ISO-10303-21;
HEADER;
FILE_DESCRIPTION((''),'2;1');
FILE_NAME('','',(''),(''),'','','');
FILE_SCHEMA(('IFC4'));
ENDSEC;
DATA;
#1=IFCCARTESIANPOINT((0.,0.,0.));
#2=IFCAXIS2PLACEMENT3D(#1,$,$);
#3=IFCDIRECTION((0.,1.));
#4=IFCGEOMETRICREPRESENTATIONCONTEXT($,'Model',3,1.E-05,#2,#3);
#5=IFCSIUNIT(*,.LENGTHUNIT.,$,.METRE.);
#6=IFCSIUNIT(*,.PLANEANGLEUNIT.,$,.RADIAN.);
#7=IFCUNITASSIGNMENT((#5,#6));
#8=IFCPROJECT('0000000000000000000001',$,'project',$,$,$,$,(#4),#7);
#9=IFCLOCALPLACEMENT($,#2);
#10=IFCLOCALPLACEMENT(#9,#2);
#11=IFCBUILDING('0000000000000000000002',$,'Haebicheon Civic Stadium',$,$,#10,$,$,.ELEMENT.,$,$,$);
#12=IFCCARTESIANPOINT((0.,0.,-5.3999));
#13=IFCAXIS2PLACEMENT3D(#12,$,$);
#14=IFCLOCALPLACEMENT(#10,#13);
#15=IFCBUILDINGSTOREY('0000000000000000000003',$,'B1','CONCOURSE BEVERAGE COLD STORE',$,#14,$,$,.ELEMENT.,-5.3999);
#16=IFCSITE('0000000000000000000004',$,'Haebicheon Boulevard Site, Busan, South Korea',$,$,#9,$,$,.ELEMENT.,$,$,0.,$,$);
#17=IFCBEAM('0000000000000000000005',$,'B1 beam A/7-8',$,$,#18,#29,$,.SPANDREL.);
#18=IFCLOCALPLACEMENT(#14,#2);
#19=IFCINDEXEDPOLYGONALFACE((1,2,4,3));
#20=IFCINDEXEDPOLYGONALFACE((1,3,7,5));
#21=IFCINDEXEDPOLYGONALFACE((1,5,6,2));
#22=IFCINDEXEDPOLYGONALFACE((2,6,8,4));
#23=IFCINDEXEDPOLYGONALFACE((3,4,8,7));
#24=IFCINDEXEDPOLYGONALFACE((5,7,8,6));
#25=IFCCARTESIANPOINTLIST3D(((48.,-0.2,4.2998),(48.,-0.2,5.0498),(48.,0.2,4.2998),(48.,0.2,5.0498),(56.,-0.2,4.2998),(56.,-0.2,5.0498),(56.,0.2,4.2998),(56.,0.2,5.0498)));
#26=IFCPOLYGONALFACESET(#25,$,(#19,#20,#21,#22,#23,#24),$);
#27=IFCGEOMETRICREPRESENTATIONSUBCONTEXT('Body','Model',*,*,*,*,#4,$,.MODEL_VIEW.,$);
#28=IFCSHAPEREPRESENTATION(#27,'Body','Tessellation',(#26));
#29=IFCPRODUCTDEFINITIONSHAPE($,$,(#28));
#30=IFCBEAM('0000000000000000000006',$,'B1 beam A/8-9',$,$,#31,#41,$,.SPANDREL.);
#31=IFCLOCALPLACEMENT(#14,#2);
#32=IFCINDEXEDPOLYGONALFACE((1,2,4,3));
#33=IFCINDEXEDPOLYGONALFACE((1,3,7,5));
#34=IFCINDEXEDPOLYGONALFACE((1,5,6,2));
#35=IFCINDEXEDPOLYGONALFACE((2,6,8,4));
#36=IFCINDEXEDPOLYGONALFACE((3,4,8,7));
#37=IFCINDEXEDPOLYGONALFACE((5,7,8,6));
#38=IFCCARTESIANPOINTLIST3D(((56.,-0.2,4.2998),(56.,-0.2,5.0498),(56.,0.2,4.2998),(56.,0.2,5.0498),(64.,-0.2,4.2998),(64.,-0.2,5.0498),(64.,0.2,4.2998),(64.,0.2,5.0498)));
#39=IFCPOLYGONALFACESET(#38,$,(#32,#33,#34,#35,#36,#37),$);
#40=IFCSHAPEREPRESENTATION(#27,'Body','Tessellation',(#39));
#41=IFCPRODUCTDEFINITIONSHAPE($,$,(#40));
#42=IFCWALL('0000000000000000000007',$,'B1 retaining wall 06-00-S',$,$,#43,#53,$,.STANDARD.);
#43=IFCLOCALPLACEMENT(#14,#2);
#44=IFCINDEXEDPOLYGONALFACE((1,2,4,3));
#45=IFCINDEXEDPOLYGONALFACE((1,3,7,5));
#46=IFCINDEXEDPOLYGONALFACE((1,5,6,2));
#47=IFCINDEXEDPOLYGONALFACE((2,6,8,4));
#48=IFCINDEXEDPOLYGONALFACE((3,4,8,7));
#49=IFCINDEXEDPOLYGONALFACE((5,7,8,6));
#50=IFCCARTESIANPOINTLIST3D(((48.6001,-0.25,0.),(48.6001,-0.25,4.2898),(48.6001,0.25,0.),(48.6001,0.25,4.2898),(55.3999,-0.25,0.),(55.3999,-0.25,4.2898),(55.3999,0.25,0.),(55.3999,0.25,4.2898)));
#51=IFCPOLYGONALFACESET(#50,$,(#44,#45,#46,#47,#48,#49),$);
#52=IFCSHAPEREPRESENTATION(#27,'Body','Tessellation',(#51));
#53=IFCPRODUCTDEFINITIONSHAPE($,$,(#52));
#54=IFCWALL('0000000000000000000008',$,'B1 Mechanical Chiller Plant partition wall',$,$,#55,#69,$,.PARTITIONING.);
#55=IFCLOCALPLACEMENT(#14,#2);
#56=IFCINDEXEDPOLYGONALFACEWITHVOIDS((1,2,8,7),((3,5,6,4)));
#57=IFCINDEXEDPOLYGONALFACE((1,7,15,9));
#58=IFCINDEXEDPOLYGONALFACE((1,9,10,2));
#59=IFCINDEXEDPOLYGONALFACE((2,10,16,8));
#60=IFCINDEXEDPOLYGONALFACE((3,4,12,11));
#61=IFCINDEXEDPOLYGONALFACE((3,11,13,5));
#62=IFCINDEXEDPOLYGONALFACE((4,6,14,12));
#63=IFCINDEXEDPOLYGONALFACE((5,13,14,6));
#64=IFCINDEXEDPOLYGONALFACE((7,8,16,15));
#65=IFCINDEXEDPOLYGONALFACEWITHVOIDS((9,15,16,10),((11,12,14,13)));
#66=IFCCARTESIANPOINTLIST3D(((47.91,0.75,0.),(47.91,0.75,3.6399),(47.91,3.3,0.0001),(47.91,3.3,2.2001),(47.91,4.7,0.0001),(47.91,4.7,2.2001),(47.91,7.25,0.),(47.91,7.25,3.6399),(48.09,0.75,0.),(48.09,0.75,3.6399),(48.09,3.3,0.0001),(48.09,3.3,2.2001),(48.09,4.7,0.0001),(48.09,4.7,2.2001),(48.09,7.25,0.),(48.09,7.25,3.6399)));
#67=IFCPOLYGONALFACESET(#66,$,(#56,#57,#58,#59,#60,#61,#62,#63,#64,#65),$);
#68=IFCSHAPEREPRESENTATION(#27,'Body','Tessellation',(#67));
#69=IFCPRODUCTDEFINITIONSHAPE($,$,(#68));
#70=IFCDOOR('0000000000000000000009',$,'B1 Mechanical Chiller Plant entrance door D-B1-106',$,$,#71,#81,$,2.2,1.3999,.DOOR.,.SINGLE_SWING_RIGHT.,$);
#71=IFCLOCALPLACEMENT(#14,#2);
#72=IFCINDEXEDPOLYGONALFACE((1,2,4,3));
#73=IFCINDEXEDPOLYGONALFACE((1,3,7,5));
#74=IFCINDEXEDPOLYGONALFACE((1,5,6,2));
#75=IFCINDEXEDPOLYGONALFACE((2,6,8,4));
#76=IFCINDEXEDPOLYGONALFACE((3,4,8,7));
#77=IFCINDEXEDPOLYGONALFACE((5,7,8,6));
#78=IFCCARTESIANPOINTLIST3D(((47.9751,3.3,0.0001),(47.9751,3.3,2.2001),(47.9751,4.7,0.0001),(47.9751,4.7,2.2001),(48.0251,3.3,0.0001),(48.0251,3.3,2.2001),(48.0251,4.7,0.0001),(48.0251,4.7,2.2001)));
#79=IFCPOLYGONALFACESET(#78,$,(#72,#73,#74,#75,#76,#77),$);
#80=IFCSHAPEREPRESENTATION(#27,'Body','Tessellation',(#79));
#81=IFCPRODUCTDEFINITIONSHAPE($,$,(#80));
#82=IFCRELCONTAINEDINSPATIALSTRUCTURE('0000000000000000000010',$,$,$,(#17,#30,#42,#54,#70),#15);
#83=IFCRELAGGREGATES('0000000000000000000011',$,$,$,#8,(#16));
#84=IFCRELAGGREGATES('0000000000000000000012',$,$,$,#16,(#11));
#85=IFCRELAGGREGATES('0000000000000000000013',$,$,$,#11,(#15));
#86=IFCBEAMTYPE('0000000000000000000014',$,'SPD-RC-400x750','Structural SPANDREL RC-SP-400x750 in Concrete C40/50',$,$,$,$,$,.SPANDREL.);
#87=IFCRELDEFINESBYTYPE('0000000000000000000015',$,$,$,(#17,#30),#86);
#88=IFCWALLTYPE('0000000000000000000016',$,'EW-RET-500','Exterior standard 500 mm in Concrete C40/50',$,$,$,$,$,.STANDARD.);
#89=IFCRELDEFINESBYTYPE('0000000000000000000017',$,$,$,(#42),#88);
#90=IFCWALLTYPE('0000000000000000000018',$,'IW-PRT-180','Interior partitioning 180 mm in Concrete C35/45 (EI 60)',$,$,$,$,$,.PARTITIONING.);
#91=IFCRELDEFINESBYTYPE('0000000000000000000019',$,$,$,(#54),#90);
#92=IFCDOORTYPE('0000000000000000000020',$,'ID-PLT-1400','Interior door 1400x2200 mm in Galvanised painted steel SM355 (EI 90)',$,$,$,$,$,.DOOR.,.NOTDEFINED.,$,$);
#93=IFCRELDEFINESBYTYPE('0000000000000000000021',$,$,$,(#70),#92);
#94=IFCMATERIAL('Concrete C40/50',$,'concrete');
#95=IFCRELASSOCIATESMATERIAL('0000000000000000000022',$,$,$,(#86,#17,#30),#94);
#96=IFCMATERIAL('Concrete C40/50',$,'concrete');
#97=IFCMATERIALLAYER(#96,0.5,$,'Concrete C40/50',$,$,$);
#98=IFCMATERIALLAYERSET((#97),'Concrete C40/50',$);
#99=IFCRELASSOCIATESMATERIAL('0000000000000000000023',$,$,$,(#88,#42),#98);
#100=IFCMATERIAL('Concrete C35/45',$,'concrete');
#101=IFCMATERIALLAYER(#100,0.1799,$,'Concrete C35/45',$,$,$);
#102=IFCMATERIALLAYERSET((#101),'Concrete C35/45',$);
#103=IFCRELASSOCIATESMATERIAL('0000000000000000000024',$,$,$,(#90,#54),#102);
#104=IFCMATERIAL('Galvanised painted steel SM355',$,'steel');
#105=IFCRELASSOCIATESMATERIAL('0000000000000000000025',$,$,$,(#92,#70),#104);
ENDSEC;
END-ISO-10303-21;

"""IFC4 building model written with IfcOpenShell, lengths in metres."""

from ifc_helpers import new_model, si_unit, direction, frame, frame_2d, origin, origin_2d, place, context, subcontext, project, spatial, rectangle, extrude, material, layer, layer_set, material_profile, profile_set, type_object, element, fill, save


model = new_model("IFC4")

# Units and contexts
model_context = context("Model", 3, precision=1e-05, world=origin(), true_north=direction((0.0, 1.0)))
body_context = subcontext(model_context, "Body", "Model", "MODEL_VIEW")
ifc_project = project(units=[si_unit("LENGTHUNIT", "METRE"), si_unit("PLANEANGLEUNIT", "RADIAN")], contexts=[model_context])

# Site, building, storey
site_placement = place(None, origin())
site = spatial("IfcSite", under=ifc_project, at=site_placement, Name="Haebicheon Boulevard Site, Busan, South Korea", CompositionType="ELEMENT", RefElevation=0.0)
building_placement = place(site_placement, origin())
building = spatial("IfcBuilding", under=site, at=building_placement, Name="Haebicheon Civic Stadium", CompositionType="ELEMENT")
storey_placement = place(building_placement, frame((0.0, 0.0, -5.3999)))
storey = spatial("IfcBuildingStorey", under=building, at=storey_placement, Name="B1", Description="CONCOURSE BEVERAGE COLD STORE", CompositionType="ELEMENT", Elevation=-5.3999)

# Beams
ifc_material_1 = material(Name="Concrete C40/50", Category="concrete")
ifc_material_profile_1 = material_profile(ifc_material_1, rectangle(XDim=0.3999, YDim=0.75, at=origin_2d()), Name="RC-SP-400x750")
ifc_profile_set_1 = profile_set([ifc_material_profile_1], Name="Concrete C40/50")
beam_type_1 = type_object("IfcBeamType", Name="SPD-RC-400x750", Description="Structural SPANDREL RC-SP-400x750 in Concrete C40/50", PredefinedType="SPANDREL", material=ifc_profile_set_1)
for number, where, z_axis, x_axis, name in (
    (1, (48.0, 0.0, 4.6748), (1.0, 0.0, 0.0), (0.0, 1.0, 0.0), "B1 beam A/7-8"),
    (2, (56.0, 0.0, 4.6748), (1.0, 0.0, 0.0), (0.0, 1.0, 0.0), "B1 beam A/8-9"),
):
    element("IfcBeam", number, at=place(storey_placement, frame(where, z_axis=z_axis, x_axis=x_axis)), inside=storey, type_object=beam_type_1, material=ifc_profile_set_1, Name=name, PredefinedType="SPANDREL", context=body_context, shape_type="SweptSolid", body=[
        extrude(rectangle(XDim=0.3999, YDim=0.75, at=origin_2d()), origin(), (0.0, 0.0, 1.0), 8.0),
    ])

# Wall
ifc_material_2 = material(Name="Concrete C40/50", Category="concrete")
ifc_layer_1 = layer(ifc_material_2, 0.5, Name="Concrete C40/50")
ifc_layer_set_1 = layer_set([ifc_layer_1], Name="Concrete C40/50")
wall_type_1 = type_object("IfcWallType", Name="EW-RET-500", Description="Exterior standard 500 mm in Concrete C40/50", PredefinedType="STANDARD", material=ifc_layer_set_1)
wall_1_placement = place(storey_placement, frame((48.6001, 0.0, 0.0), z_axis=(0.0, 0.0, 1.0), x_axis=(1.0, 0.0, 0.0)))
element("IfcWall", 3, at=wall_1_placement, inside=storey, type_object=wall_type_1, material=ifc_layer_set_1, Name="B1 retaining wall 06-00-S", PredefinedType="STANDARD", context=body_context, shape_type="SweptSolid", body=[
    extrude(rectangle(XDim=6.7998, YDim=0.5, at=frame_2d((3.3999, 0.0))), origin(), (0.0, 0.0, 1.0), 4.2898),
])

# Wall, opening, door
ifc_material_3 = material(Name="Concrete C35/45", Category="concrete")
ifc_layer_2 = layer(ifc_material_3, 0.1799, Name="Concrete C35/45")
ifc_layer_set_2 = layer_set([ifc_layer_2], Name="Concrete C35/45")
wall_type_2 = type_object("IfcWallType", Name="IW-PRT-180", Description="Interior partitioning 180 mm in Concrete C35/45 (EI 60)", PredefinedType="PARTITIONING", material=ifc_layer_set_2)
wall_2_placement = place(storey_placement, frame((48.0, 0.75, 0.0), z_axis=(0.0, 0.0, 1.0), x_axis=(0.0, 1.0, 0.0)))
wall_2 = element("IfcWall", 4, at=wall_2_placement, inside=storey, type_object=wall_type_2, material=ifc_layer_set_2, Name="B1 Mechanical Chiller Plant partition wall", PredefinedType="PARTITIONING", context=body_context, shape_type="SweptSolid", body=[
    extrude(rectangle(XDim=6.5, YDim=0.1799, at=frame_2d((3.25, 0.0))), origin(), (0.0, 0.0, 1.0), 3.6399),
])
opening_placement = place(wall_2_placement, frame((2.55, 0.0, 0.0)))
opening = element("IfcOpeningElement", 5, at=opening_placement, cuts=wall_2, PredefinedType="OPENING", context=body_context, shape_type="SweptSolid", body=[
    extrude(rectangle(XDim=1.3999, YDim=2.2, at=frame_2d((0.7, 1.1001))), frame((0.0, 0.0999, 0.0), z_axis=(0.0, -1.0, 0.0), x_axis=(1.0, 0.0, 0.0)), (0.0, 0.0, 1.0), 0.2),
])
ifc_material_4 = material(Name="Galvanised painted steel SM355", Category="steel")
door_type = type_object("IfcDoorType", Name="ID-PLT-1400", Description="Interior door 1400x2200 mm in Galvanised painted steel SM355 (EI 90)", OperationType="NOTDEFINED", PredefinedType="DOOR", material=ifc_material_4)
door_placement = place(opening_placement, origin())
door = element("IfcDoor", 6, at=door_placement, inside=storey, type_object=door_type, material=ifc_material_4, Name="B1 Mechanical Chiller Plant entrance door D-B1-106", OperationType="SINGLE_SWING_RIGHT", OverallHeight=2.2, OverallWidth=1.3999, PredefinedType="DOOR", context=body_context, shape_type="SweptSolid", body=[
    extrude(rectangle(XDim=1.3999, YDim=2.2, at=frame_2d((0.7, 1.1001))), frame((0.0, 0.0249, 0.0), z_axis=(0.0, -1.0, 0.0), x_axis=(1.0, 0.0, 0.0)), (0.0, 0.0, 1.0), 0.05),
])
fill(opening, door)

save(model, "model.ifc")
